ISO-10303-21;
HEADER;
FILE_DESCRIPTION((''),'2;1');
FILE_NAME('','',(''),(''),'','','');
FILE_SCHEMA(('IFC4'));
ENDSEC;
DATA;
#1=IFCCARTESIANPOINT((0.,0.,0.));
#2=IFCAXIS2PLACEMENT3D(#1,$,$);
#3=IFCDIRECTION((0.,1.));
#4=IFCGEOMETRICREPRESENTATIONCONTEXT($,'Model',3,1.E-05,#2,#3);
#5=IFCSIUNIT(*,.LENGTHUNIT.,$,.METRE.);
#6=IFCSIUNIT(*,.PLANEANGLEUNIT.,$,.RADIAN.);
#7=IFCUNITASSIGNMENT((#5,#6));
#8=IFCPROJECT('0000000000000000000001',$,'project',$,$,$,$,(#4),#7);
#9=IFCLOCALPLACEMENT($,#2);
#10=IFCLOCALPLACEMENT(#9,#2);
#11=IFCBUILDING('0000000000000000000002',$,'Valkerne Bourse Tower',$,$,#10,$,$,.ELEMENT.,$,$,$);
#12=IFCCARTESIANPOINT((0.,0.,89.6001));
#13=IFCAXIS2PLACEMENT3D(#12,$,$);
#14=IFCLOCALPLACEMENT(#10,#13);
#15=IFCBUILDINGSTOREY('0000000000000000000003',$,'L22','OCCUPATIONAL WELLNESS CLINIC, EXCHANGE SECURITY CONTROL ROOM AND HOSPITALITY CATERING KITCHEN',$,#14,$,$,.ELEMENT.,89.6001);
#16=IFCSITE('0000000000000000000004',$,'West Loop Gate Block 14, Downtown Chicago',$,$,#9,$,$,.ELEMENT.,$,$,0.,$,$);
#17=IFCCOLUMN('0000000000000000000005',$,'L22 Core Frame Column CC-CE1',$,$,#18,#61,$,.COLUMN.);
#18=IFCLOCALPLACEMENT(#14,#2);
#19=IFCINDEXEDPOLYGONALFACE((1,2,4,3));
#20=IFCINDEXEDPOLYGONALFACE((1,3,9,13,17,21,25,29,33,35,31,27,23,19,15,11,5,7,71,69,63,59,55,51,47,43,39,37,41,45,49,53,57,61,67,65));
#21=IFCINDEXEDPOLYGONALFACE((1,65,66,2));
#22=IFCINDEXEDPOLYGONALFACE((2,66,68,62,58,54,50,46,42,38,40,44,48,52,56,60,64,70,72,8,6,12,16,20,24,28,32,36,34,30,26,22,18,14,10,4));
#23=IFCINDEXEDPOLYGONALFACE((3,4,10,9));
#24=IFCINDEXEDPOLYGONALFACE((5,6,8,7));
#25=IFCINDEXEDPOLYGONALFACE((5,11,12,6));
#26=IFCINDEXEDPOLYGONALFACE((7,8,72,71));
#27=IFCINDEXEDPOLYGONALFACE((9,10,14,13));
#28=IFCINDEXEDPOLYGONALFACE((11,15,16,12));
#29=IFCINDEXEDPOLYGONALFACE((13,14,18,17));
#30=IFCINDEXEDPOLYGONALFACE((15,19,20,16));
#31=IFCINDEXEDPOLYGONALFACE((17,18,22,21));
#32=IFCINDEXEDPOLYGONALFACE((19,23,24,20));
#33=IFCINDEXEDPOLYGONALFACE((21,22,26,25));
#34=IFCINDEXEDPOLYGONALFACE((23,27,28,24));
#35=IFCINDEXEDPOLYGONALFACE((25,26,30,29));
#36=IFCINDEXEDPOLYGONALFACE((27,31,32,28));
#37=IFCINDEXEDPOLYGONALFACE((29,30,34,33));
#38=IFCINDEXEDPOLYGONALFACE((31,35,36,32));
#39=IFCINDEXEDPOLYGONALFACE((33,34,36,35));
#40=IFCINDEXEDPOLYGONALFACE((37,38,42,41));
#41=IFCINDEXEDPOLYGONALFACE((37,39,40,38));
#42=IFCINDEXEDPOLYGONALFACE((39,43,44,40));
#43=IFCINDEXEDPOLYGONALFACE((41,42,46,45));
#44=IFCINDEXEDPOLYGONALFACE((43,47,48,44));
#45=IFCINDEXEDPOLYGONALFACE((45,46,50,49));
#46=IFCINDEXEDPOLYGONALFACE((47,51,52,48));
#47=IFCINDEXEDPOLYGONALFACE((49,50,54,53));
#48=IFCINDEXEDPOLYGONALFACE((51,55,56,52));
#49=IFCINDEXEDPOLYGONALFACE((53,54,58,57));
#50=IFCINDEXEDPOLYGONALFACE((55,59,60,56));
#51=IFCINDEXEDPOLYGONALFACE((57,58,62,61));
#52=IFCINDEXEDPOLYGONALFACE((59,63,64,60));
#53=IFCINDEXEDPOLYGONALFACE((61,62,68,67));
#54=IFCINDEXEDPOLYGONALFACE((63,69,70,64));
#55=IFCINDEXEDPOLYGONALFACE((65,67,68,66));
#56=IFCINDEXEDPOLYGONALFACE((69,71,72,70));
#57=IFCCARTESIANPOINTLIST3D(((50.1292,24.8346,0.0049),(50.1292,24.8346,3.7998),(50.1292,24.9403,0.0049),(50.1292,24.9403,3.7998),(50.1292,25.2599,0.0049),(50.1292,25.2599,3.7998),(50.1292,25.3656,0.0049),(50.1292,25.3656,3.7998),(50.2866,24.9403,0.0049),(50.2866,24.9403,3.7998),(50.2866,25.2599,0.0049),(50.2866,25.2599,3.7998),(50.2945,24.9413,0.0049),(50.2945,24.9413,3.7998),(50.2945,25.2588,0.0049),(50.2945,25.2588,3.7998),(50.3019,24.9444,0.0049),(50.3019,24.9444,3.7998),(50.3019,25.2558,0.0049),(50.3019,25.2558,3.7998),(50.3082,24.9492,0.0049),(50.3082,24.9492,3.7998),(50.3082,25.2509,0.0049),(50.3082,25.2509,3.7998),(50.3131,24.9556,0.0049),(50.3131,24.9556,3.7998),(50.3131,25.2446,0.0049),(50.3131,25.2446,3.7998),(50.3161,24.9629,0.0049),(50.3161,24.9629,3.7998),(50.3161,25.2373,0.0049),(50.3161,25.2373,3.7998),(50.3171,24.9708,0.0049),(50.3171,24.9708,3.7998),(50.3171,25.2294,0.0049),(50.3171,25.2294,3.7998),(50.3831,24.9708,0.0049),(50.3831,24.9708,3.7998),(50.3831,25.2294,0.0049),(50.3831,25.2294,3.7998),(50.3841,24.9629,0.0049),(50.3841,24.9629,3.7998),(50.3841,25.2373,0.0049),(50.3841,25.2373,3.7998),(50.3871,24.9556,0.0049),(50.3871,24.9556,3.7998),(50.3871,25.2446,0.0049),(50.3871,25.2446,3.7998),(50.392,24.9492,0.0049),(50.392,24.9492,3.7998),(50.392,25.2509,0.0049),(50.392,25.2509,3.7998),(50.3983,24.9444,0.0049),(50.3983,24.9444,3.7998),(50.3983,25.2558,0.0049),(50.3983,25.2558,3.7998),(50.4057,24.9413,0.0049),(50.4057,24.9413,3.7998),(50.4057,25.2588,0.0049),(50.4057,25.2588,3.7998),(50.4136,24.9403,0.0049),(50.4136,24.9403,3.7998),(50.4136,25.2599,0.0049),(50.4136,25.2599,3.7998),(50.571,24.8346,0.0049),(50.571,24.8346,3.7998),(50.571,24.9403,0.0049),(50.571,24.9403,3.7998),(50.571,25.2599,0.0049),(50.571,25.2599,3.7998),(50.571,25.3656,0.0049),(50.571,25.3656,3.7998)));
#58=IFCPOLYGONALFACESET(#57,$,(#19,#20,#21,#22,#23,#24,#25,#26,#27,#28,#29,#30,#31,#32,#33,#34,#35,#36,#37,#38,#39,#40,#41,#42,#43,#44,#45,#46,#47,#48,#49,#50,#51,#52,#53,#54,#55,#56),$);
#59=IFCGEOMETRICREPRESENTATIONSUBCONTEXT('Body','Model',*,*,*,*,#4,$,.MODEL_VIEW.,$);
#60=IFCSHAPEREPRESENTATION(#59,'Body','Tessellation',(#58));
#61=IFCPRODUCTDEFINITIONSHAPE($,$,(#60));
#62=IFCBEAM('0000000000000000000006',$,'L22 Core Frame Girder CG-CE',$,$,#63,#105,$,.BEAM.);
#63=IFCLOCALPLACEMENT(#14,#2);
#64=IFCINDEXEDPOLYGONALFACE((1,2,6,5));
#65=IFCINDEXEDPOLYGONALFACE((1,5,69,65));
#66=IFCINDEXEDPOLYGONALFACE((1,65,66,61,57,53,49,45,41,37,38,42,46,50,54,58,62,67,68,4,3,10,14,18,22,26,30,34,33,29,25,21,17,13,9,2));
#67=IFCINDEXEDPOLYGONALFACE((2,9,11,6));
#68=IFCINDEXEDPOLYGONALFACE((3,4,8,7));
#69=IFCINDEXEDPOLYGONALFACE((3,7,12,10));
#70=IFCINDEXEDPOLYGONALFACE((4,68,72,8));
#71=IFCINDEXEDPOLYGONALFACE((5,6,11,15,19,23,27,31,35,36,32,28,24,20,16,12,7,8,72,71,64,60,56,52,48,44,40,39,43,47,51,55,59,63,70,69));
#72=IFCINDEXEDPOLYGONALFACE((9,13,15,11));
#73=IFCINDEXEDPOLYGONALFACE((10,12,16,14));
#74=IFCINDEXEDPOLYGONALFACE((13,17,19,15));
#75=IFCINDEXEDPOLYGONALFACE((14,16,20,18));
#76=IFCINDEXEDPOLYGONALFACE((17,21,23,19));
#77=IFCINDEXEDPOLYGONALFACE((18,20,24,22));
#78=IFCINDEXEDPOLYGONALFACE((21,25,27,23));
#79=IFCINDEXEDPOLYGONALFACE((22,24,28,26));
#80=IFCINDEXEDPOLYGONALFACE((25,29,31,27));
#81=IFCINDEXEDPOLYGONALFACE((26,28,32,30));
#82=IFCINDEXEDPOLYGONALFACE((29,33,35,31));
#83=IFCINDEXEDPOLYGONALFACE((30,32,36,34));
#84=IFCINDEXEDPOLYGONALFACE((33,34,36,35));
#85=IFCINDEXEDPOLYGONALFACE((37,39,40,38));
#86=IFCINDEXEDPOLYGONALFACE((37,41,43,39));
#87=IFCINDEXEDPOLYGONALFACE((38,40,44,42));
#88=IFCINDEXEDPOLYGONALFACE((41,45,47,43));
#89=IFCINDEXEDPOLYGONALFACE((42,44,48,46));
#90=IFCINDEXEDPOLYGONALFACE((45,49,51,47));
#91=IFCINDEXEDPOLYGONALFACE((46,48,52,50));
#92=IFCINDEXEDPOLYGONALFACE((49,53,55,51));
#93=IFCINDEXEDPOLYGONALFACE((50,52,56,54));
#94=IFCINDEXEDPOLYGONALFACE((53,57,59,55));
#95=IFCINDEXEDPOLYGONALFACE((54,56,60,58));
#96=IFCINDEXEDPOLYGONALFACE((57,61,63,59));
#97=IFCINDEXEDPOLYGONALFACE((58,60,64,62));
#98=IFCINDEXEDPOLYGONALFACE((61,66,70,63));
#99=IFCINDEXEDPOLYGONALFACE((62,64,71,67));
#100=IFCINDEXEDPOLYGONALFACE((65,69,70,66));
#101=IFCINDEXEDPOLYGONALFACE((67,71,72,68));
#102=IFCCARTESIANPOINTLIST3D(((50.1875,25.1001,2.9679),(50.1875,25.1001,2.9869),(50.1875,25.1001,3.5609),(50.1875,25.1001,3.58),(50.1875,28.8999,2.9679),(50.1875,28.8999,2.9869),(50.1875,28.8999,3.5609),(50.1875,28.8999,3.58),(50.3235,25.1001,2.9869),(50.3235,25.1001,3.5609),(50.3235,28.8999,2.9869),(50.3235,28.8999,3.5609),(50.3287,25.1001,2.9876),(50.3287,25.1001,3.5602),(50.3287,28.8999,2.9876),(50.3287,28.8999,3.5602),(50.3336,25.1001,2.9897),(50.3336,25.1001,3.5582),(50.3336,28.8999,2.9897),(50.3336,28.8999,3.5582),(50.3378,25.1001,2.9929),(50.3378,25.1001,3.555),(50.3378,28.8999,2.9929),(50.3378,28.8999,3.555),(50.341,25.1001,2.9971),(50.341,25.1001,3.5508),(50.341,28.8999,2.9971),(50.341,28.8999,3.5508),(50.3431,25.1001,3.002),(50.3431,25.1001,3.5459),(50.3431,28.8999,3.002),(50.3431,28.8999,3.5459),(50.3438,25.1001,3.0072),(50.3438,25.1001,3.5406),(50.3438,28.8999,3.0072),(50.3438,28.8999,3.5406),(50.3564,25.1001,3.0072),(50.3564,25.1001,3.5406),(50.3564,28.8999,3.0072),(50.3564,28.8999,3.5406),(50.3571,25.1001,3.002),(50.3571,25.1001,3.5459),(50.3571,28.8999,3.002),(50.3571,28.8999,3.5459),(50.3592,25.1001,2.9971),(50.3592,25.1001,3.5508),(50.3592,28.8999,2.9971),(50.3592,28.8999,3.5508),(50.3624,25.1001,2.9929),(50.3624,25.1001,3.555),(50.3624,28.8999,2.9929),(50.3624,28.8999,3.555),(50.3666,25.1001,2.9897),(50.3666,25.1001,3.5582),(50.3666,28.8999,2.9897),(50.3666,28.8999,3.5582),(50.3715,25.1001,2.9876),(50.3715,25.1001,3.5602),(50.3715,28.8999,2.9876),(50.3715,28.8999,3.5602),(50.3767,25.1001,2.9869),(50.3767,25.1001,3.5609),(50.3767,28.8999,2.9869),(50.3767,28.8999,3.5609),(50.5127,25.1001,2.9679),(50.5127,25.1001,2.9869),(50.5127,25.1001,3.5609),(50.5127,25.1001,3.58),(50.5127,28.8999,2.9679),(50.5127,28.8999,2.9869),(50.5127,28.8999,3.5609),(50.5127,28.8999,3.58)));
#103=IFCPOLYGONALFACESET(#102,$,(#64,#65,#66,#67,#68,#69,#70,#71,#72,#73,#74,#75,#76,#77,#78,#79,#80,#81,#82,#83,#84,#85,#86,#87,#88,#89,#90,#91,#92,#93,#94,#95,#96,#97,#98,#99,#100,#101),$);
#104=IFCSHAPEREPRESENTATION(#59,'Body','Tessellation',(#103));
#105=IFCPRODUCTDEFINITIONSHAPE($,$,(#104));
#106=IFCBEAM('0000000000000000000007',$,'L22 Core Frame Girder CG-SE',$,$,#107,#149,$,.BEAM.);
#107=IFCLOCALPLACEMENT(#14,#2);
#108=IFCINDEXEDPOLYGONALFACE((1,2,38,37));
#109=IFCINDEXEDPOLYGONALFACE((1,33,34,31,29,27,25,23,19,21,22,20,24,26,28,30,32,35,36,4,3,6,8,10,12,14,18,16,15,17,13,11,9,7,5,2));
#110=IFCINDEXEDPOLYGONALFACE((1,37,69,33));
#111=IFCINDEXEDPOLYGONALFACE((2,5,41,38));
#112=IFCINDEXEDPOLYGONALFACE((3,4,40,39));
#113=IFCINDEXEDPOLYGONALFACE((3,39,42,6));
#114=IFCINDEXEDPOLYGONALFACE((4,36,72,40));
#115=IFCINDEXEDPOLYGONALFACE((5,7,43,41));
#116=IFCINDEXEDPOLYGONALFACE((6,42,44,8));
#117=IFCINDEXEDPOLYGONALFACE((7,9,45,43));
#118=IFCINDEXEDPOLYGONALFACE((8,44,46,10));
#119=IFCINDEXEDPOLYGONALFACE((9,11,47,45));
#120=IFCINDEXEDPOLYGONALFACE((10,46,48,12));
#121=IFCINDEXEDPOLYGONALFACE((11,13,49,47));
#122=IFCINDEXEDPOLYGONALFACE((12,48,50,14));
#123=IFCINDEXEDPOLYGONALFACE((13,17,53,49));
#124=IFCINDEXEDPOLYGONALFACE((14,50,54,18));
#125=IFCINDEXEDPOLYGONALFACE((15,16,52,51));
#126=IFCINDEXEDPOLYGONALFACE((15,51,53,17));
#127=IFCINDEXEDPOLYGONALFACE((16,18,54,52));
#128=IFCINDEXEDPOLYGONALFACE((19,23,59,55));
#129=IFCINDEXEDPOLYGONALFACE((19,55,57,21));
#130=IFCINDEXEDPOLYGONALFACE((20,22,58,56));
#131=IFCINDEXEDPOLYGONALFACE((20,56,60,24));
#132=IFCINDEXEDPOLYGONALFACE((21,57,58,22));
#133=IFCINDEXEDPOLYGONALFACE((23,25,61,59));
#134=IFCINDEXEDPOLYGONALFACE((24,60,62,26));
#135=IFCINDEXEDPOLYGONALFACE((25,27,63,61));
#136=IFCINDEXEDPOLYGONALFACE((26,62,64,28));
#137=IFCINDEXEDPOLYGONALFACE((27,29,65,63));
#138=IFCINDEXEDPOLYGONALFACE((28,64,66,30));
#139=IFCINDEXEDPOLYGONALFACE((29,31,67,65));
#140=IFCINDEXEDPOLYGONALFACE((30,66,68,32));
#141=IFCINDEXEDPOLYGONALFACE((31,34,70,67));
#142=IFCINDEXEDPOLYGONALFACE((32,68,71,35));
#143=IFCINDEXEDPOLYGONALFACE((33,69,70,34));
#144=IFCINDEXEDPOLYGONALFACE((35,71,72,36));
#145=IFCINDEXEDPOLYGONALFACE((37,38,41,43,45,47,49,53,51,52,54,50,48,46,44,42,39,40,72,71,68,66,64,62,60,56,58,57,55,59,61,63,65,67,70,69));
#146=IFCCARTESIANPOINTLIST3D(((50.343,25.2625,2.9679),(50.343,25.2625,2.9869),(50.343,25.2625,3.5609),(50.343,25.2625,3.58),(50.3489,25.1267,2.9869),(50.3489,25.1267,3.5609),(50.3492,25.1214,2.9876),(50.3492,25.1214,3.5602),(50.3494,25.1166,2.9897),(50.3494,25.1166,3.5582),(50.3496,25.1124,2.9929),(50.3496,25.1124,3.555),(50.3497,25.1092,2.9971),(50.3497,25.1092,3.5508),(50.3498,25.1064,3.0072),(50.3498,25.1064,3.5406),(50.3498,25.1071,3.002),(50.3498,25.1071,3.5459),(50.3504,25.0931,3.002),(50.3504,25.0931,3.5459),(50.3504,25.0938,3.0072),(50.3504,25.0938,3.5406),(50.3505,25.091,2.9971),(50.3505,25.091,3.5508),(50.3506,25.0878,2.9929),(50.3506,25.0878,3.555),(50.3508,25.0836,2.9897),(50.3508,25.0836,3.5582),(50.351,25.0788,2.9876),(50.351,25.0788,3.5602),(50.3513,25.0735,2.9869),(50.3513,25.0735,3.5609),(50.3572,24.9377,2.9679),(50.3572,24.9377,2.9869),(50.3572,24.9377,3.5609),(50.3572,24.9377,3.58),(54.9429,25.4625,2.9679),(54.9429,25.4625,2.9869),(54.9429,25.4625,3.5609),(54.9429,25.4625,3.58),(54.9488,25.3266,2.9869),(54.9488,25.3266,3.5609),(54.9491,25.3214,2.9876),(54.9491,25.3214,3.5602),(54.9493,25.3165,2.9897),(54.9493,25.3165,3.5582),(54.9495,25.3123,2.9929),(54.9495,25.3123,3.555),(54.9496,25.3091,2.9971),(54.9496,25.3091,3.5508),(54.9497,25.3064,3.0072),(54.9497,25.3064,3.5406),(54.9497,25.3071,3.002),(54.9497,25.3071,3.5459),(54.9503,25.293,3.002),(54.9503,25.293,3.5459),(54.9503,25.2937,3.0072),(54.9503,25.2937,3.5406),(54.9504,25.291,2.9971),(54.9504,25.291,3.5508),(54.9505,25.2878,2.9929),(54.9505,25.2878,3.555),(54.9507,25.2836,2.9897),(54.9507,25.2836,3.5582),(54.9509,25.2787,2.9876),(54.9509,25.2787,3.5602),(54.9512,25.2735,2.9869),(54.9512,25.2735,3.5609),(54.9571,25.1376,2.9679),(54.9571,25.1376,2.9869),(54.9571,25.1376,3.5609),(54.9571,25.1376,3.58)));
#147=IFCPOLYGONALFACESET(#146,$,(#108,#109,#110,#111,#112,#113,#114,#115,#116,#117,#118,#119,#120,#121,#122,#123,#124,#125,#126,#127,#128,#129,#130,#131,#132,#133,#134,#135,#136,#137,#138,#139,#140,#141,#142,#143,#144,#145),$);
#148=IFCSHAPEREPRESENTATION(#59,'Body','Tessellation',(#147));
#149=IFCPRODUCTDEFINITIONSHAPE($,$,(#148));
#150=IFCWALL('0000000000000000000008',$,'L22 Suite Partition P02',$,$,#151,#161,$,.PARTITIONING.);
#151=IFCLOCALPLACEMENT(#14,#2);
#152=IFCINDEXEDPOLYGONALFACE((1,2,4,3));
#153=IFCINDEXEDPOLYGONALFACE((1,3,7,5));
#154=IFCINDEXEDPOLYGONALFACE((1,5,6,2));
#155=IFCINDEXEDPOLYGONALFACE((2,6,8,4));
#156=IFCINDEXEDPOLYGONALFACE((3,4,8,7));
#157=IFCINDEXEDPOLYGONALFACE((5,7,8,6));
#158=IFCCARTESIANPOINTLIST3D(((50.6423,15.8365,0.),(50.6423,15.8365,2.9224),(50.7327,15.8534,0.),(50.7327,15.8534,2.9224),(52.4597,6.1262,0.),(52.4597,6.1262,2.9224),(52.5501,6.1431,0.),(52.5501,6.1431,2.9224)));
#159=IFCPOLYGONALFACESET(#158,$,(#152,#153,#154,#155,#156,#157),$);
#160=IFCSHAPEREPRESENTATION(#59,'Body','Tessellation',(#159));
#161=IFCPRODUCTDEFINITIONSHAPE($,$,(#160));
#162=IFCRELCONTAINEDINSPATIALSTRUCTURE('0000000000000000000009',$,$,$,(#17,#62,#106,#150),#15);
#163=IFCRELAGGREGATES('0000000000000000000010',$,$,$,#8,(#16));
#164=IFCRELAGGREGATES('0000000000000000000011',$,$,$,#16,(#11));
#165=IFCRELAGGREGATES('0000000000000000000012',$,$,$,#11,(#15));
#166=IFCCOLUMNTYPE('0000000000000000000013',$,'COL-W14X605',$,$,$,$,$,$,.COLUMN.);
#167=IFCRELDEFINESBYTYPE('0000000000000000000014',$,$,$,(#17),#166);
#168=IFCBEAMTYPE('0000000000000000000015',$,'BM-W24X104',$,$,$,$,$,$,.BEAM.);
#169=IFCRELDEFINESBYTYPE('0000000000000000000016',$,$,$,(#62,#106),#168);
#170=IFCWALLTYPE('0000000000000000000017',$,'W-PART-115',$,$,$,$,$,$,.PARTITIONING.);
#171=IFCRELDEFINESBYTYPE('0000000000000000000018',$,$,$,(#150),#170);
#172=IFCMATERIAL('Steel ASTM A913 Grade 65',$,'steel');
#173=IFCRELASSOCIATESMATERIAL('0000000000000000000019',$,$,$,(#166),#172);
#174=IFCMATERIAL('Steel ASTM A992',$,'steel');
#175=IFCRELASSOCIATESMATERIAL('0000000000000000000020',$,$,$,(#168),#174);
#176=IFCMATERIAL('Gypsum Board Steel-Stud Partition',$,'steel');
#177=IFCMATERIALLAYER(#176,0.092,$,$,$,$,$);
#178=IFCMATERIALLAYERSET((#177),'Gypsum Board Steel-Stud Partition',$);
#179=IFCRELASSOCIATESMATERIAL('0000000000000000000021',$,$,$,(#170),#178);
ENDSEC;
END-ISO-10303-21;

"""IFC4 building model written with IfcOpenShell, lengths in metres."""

from ifc_helpers import new_model, si_unit, direction, frame, frame_2d, origin, origin_2d, place, context, subcontext, project, spatial, rectangle, i_section, extrude, material, layer, layer_set, material_profile, profile_set, type_object, element, save


model = new_model("IFC4")

# Units and contexts
model_context = context("Model", 3, precision=1e-05, world=origin(), true_north=direction((0.0, 1.0)))
body_context = subcontext(model_context, "Body", "Model", "MODEL_VIEW")
ifc_project = project(units=[si_unit("LENGTHUNIT", "METRE"), si_unit("PLANEANGLEUNIT", "RADIAN")], contexts=[model_context])

# Site, building, storey
site_placement = place(None, origin())
site = spatial("IfcSite", under=ifc_project, at=site_placement, Name="West Loop Gate Block 14, Downtown Chicago", CompositionType="ELEMENT", RefElevation=0.0)
building_placement = place(site_placement, origin())
building = spatial("IfcBuilding", under=site, at=building_placement, Name="Valkerne Bourse Tower", CompositionType="ELEMENT")
storey_placement = place(building_placement, frame((0.0, 0.0, 89.6001)))
storey = spatial("IfcBuildingStorey", under=building, at=storey_placement, Name="L22", Description="OCCUPATIONAL WELLNESS CLINIC, EXCHANGE SECURITY CONTROL ROOM AND HOSPITALITY CATERING KITCHEN", CompositionType="ELEMENT", Elevation=89.6001)

# Column
ifc_material_1 = material(Name="Steel ASTM A913 Grade 65", Category="steel")
ifc_material_profile_1 = material_profile(ifc_material_1, i_section(OverallWidth=0.4419, OverallDepth=0.531, WebThickness=0.0659, FlangeThickness=0.1057, FilletRadius=0.0305, at=origin_2d()), Name="W14X605")
ifc_profile_set_1 = profile_set([ifc_material_profile_1], Name="Steel ASTM A913 Grade 65")
column_type = type_object("IfcColumnType", Name="COL-W14X605", PredefinedType="COLUMN", material=ifc_profile_set_1)
column_placement = place(storey_placement, frame((50.3501, 25.1001, 0.0049), z_axis=(0.0, 0.0, 1.0), x_axis=(1.0, 0.0, 0.0)))
element("IfcColumn", 1, at=column_placement, inside=storey, type_object=column_type, Name="L22 Core Frame Column CC-CE1", PredefinedType="COLUMN", context=body_context, shape_type="SweptSolid", body=[
    extrude(i_section(OverallWidth=0.4419, OverallDepth=0.531, WebThickness=0.0659, FlangeThickness=0.1057, FilletRadius=0.0305, at=origin_2d()), origin(), (0.0, 0.0, 1.0), 3.7949),
])

# Beams
ifc_material_2 = material(Name="Steel ASTM A992", Category="steel")
ifc_material_profile_2 = material_profile(ifc_material_2, i_section(OverallWidth=0.3252, OverallDepth=0.6121, WebThickness=0.0127, FlangeThickness=0.019, FilletRadius=0.0203, at=origin_2d()), Name="W24X104")
ifc_profile_set_2 = profile_set([ifc_material_profile_2], Name="Steel ASTM A992")
beam_type = type_object("IfcBeamType", Name="BM-W24X104", PredefinedType="BEAM", material=ifc_profile_set_2)
beam_1_placement = place(storey_placement, frame((50.3501, 25.1001, 3.2739), z_axis=(0.0, 1.0, 0.0), x_axis=(-1.0, 0.0, 0.0)))
element("IfcBeam", 2, at=beam_1_placement, inside=storey, type_object=beam_type, Name="L22 Core Frame Girder CG-CE", PredefinedType="BEAM", context=body_context, shape_type="SweptSolid", body=[
    extrude(i_section(OverallWidth=0.3252, OverallDepth=0.6121, WebThickness=0.0127, FlangeThickness=0.019, FilletRadius=0.0203, at=origin_2d()), origin(), (0.0, 0.0, 1.0), 3.7998),
])
beam_2_placement = place(storey_placement, frame((50.3501, 25.1001, 3.2739), z_axis=(0.999057, 0.043428, 0.0), x_axis=(-0.043428, 0.999057, 0.0)))
element("IfcBeam", 3, at=beam_2_placement, inside=storey, type_object=beam_type, Name="L22 Core Frame Girder CG-SE", PredefinedType="BEAM", context=body_context, shape_type="SweptSolid", body=[
    extrude(i_section(OverallWidth=0.3252, OverallDepth=0.6121, WebThickness=0.0127, FlangeThickness=0.019, FilletRadius=0.0203, at=origin_2d()), origin(), (0.0, 0.0, 1.0), 4.6042),
])

# Wall
ifc_material_3 = material(Name="Gypsum Board Steel-Stud Partition", Category="steel")
ifc_layer_1 = layer(ifc_material_3, 0.092)
ifc_layer_set_1 = layer_set([ifc_layer_1], Name="Gypsum Board Steel-Stud Partition")
wall_type_1 = type_object("IfcWallType", Name="W-PART-115", PredefinedType="PARTITIONING", material=ifc_layer_set_1)
wall_1_placement = place(storey_placement, frame((50.6875, 15.845, 0.0), z_axis=(0.0, 0.0, 1.0), x_axis=(0.183968, -0.982932, 0.0)))
element("IfcWall", 4, at=wall_1_placement, inside=storey, type_object=wall_type_1, Name="L22 Suite Partition P02", PredefinedType="PARTITIONING", context=body_context, shape_type="SweptSolid", body=[
    extrude(rectangle(XDim=9.8789, YDim=0.092, at=frame_2d((4.9395, 0.0))), origin(), (0.0, 0.0, 1.0), 2.9224),
])

save(model, "model.ifc")
